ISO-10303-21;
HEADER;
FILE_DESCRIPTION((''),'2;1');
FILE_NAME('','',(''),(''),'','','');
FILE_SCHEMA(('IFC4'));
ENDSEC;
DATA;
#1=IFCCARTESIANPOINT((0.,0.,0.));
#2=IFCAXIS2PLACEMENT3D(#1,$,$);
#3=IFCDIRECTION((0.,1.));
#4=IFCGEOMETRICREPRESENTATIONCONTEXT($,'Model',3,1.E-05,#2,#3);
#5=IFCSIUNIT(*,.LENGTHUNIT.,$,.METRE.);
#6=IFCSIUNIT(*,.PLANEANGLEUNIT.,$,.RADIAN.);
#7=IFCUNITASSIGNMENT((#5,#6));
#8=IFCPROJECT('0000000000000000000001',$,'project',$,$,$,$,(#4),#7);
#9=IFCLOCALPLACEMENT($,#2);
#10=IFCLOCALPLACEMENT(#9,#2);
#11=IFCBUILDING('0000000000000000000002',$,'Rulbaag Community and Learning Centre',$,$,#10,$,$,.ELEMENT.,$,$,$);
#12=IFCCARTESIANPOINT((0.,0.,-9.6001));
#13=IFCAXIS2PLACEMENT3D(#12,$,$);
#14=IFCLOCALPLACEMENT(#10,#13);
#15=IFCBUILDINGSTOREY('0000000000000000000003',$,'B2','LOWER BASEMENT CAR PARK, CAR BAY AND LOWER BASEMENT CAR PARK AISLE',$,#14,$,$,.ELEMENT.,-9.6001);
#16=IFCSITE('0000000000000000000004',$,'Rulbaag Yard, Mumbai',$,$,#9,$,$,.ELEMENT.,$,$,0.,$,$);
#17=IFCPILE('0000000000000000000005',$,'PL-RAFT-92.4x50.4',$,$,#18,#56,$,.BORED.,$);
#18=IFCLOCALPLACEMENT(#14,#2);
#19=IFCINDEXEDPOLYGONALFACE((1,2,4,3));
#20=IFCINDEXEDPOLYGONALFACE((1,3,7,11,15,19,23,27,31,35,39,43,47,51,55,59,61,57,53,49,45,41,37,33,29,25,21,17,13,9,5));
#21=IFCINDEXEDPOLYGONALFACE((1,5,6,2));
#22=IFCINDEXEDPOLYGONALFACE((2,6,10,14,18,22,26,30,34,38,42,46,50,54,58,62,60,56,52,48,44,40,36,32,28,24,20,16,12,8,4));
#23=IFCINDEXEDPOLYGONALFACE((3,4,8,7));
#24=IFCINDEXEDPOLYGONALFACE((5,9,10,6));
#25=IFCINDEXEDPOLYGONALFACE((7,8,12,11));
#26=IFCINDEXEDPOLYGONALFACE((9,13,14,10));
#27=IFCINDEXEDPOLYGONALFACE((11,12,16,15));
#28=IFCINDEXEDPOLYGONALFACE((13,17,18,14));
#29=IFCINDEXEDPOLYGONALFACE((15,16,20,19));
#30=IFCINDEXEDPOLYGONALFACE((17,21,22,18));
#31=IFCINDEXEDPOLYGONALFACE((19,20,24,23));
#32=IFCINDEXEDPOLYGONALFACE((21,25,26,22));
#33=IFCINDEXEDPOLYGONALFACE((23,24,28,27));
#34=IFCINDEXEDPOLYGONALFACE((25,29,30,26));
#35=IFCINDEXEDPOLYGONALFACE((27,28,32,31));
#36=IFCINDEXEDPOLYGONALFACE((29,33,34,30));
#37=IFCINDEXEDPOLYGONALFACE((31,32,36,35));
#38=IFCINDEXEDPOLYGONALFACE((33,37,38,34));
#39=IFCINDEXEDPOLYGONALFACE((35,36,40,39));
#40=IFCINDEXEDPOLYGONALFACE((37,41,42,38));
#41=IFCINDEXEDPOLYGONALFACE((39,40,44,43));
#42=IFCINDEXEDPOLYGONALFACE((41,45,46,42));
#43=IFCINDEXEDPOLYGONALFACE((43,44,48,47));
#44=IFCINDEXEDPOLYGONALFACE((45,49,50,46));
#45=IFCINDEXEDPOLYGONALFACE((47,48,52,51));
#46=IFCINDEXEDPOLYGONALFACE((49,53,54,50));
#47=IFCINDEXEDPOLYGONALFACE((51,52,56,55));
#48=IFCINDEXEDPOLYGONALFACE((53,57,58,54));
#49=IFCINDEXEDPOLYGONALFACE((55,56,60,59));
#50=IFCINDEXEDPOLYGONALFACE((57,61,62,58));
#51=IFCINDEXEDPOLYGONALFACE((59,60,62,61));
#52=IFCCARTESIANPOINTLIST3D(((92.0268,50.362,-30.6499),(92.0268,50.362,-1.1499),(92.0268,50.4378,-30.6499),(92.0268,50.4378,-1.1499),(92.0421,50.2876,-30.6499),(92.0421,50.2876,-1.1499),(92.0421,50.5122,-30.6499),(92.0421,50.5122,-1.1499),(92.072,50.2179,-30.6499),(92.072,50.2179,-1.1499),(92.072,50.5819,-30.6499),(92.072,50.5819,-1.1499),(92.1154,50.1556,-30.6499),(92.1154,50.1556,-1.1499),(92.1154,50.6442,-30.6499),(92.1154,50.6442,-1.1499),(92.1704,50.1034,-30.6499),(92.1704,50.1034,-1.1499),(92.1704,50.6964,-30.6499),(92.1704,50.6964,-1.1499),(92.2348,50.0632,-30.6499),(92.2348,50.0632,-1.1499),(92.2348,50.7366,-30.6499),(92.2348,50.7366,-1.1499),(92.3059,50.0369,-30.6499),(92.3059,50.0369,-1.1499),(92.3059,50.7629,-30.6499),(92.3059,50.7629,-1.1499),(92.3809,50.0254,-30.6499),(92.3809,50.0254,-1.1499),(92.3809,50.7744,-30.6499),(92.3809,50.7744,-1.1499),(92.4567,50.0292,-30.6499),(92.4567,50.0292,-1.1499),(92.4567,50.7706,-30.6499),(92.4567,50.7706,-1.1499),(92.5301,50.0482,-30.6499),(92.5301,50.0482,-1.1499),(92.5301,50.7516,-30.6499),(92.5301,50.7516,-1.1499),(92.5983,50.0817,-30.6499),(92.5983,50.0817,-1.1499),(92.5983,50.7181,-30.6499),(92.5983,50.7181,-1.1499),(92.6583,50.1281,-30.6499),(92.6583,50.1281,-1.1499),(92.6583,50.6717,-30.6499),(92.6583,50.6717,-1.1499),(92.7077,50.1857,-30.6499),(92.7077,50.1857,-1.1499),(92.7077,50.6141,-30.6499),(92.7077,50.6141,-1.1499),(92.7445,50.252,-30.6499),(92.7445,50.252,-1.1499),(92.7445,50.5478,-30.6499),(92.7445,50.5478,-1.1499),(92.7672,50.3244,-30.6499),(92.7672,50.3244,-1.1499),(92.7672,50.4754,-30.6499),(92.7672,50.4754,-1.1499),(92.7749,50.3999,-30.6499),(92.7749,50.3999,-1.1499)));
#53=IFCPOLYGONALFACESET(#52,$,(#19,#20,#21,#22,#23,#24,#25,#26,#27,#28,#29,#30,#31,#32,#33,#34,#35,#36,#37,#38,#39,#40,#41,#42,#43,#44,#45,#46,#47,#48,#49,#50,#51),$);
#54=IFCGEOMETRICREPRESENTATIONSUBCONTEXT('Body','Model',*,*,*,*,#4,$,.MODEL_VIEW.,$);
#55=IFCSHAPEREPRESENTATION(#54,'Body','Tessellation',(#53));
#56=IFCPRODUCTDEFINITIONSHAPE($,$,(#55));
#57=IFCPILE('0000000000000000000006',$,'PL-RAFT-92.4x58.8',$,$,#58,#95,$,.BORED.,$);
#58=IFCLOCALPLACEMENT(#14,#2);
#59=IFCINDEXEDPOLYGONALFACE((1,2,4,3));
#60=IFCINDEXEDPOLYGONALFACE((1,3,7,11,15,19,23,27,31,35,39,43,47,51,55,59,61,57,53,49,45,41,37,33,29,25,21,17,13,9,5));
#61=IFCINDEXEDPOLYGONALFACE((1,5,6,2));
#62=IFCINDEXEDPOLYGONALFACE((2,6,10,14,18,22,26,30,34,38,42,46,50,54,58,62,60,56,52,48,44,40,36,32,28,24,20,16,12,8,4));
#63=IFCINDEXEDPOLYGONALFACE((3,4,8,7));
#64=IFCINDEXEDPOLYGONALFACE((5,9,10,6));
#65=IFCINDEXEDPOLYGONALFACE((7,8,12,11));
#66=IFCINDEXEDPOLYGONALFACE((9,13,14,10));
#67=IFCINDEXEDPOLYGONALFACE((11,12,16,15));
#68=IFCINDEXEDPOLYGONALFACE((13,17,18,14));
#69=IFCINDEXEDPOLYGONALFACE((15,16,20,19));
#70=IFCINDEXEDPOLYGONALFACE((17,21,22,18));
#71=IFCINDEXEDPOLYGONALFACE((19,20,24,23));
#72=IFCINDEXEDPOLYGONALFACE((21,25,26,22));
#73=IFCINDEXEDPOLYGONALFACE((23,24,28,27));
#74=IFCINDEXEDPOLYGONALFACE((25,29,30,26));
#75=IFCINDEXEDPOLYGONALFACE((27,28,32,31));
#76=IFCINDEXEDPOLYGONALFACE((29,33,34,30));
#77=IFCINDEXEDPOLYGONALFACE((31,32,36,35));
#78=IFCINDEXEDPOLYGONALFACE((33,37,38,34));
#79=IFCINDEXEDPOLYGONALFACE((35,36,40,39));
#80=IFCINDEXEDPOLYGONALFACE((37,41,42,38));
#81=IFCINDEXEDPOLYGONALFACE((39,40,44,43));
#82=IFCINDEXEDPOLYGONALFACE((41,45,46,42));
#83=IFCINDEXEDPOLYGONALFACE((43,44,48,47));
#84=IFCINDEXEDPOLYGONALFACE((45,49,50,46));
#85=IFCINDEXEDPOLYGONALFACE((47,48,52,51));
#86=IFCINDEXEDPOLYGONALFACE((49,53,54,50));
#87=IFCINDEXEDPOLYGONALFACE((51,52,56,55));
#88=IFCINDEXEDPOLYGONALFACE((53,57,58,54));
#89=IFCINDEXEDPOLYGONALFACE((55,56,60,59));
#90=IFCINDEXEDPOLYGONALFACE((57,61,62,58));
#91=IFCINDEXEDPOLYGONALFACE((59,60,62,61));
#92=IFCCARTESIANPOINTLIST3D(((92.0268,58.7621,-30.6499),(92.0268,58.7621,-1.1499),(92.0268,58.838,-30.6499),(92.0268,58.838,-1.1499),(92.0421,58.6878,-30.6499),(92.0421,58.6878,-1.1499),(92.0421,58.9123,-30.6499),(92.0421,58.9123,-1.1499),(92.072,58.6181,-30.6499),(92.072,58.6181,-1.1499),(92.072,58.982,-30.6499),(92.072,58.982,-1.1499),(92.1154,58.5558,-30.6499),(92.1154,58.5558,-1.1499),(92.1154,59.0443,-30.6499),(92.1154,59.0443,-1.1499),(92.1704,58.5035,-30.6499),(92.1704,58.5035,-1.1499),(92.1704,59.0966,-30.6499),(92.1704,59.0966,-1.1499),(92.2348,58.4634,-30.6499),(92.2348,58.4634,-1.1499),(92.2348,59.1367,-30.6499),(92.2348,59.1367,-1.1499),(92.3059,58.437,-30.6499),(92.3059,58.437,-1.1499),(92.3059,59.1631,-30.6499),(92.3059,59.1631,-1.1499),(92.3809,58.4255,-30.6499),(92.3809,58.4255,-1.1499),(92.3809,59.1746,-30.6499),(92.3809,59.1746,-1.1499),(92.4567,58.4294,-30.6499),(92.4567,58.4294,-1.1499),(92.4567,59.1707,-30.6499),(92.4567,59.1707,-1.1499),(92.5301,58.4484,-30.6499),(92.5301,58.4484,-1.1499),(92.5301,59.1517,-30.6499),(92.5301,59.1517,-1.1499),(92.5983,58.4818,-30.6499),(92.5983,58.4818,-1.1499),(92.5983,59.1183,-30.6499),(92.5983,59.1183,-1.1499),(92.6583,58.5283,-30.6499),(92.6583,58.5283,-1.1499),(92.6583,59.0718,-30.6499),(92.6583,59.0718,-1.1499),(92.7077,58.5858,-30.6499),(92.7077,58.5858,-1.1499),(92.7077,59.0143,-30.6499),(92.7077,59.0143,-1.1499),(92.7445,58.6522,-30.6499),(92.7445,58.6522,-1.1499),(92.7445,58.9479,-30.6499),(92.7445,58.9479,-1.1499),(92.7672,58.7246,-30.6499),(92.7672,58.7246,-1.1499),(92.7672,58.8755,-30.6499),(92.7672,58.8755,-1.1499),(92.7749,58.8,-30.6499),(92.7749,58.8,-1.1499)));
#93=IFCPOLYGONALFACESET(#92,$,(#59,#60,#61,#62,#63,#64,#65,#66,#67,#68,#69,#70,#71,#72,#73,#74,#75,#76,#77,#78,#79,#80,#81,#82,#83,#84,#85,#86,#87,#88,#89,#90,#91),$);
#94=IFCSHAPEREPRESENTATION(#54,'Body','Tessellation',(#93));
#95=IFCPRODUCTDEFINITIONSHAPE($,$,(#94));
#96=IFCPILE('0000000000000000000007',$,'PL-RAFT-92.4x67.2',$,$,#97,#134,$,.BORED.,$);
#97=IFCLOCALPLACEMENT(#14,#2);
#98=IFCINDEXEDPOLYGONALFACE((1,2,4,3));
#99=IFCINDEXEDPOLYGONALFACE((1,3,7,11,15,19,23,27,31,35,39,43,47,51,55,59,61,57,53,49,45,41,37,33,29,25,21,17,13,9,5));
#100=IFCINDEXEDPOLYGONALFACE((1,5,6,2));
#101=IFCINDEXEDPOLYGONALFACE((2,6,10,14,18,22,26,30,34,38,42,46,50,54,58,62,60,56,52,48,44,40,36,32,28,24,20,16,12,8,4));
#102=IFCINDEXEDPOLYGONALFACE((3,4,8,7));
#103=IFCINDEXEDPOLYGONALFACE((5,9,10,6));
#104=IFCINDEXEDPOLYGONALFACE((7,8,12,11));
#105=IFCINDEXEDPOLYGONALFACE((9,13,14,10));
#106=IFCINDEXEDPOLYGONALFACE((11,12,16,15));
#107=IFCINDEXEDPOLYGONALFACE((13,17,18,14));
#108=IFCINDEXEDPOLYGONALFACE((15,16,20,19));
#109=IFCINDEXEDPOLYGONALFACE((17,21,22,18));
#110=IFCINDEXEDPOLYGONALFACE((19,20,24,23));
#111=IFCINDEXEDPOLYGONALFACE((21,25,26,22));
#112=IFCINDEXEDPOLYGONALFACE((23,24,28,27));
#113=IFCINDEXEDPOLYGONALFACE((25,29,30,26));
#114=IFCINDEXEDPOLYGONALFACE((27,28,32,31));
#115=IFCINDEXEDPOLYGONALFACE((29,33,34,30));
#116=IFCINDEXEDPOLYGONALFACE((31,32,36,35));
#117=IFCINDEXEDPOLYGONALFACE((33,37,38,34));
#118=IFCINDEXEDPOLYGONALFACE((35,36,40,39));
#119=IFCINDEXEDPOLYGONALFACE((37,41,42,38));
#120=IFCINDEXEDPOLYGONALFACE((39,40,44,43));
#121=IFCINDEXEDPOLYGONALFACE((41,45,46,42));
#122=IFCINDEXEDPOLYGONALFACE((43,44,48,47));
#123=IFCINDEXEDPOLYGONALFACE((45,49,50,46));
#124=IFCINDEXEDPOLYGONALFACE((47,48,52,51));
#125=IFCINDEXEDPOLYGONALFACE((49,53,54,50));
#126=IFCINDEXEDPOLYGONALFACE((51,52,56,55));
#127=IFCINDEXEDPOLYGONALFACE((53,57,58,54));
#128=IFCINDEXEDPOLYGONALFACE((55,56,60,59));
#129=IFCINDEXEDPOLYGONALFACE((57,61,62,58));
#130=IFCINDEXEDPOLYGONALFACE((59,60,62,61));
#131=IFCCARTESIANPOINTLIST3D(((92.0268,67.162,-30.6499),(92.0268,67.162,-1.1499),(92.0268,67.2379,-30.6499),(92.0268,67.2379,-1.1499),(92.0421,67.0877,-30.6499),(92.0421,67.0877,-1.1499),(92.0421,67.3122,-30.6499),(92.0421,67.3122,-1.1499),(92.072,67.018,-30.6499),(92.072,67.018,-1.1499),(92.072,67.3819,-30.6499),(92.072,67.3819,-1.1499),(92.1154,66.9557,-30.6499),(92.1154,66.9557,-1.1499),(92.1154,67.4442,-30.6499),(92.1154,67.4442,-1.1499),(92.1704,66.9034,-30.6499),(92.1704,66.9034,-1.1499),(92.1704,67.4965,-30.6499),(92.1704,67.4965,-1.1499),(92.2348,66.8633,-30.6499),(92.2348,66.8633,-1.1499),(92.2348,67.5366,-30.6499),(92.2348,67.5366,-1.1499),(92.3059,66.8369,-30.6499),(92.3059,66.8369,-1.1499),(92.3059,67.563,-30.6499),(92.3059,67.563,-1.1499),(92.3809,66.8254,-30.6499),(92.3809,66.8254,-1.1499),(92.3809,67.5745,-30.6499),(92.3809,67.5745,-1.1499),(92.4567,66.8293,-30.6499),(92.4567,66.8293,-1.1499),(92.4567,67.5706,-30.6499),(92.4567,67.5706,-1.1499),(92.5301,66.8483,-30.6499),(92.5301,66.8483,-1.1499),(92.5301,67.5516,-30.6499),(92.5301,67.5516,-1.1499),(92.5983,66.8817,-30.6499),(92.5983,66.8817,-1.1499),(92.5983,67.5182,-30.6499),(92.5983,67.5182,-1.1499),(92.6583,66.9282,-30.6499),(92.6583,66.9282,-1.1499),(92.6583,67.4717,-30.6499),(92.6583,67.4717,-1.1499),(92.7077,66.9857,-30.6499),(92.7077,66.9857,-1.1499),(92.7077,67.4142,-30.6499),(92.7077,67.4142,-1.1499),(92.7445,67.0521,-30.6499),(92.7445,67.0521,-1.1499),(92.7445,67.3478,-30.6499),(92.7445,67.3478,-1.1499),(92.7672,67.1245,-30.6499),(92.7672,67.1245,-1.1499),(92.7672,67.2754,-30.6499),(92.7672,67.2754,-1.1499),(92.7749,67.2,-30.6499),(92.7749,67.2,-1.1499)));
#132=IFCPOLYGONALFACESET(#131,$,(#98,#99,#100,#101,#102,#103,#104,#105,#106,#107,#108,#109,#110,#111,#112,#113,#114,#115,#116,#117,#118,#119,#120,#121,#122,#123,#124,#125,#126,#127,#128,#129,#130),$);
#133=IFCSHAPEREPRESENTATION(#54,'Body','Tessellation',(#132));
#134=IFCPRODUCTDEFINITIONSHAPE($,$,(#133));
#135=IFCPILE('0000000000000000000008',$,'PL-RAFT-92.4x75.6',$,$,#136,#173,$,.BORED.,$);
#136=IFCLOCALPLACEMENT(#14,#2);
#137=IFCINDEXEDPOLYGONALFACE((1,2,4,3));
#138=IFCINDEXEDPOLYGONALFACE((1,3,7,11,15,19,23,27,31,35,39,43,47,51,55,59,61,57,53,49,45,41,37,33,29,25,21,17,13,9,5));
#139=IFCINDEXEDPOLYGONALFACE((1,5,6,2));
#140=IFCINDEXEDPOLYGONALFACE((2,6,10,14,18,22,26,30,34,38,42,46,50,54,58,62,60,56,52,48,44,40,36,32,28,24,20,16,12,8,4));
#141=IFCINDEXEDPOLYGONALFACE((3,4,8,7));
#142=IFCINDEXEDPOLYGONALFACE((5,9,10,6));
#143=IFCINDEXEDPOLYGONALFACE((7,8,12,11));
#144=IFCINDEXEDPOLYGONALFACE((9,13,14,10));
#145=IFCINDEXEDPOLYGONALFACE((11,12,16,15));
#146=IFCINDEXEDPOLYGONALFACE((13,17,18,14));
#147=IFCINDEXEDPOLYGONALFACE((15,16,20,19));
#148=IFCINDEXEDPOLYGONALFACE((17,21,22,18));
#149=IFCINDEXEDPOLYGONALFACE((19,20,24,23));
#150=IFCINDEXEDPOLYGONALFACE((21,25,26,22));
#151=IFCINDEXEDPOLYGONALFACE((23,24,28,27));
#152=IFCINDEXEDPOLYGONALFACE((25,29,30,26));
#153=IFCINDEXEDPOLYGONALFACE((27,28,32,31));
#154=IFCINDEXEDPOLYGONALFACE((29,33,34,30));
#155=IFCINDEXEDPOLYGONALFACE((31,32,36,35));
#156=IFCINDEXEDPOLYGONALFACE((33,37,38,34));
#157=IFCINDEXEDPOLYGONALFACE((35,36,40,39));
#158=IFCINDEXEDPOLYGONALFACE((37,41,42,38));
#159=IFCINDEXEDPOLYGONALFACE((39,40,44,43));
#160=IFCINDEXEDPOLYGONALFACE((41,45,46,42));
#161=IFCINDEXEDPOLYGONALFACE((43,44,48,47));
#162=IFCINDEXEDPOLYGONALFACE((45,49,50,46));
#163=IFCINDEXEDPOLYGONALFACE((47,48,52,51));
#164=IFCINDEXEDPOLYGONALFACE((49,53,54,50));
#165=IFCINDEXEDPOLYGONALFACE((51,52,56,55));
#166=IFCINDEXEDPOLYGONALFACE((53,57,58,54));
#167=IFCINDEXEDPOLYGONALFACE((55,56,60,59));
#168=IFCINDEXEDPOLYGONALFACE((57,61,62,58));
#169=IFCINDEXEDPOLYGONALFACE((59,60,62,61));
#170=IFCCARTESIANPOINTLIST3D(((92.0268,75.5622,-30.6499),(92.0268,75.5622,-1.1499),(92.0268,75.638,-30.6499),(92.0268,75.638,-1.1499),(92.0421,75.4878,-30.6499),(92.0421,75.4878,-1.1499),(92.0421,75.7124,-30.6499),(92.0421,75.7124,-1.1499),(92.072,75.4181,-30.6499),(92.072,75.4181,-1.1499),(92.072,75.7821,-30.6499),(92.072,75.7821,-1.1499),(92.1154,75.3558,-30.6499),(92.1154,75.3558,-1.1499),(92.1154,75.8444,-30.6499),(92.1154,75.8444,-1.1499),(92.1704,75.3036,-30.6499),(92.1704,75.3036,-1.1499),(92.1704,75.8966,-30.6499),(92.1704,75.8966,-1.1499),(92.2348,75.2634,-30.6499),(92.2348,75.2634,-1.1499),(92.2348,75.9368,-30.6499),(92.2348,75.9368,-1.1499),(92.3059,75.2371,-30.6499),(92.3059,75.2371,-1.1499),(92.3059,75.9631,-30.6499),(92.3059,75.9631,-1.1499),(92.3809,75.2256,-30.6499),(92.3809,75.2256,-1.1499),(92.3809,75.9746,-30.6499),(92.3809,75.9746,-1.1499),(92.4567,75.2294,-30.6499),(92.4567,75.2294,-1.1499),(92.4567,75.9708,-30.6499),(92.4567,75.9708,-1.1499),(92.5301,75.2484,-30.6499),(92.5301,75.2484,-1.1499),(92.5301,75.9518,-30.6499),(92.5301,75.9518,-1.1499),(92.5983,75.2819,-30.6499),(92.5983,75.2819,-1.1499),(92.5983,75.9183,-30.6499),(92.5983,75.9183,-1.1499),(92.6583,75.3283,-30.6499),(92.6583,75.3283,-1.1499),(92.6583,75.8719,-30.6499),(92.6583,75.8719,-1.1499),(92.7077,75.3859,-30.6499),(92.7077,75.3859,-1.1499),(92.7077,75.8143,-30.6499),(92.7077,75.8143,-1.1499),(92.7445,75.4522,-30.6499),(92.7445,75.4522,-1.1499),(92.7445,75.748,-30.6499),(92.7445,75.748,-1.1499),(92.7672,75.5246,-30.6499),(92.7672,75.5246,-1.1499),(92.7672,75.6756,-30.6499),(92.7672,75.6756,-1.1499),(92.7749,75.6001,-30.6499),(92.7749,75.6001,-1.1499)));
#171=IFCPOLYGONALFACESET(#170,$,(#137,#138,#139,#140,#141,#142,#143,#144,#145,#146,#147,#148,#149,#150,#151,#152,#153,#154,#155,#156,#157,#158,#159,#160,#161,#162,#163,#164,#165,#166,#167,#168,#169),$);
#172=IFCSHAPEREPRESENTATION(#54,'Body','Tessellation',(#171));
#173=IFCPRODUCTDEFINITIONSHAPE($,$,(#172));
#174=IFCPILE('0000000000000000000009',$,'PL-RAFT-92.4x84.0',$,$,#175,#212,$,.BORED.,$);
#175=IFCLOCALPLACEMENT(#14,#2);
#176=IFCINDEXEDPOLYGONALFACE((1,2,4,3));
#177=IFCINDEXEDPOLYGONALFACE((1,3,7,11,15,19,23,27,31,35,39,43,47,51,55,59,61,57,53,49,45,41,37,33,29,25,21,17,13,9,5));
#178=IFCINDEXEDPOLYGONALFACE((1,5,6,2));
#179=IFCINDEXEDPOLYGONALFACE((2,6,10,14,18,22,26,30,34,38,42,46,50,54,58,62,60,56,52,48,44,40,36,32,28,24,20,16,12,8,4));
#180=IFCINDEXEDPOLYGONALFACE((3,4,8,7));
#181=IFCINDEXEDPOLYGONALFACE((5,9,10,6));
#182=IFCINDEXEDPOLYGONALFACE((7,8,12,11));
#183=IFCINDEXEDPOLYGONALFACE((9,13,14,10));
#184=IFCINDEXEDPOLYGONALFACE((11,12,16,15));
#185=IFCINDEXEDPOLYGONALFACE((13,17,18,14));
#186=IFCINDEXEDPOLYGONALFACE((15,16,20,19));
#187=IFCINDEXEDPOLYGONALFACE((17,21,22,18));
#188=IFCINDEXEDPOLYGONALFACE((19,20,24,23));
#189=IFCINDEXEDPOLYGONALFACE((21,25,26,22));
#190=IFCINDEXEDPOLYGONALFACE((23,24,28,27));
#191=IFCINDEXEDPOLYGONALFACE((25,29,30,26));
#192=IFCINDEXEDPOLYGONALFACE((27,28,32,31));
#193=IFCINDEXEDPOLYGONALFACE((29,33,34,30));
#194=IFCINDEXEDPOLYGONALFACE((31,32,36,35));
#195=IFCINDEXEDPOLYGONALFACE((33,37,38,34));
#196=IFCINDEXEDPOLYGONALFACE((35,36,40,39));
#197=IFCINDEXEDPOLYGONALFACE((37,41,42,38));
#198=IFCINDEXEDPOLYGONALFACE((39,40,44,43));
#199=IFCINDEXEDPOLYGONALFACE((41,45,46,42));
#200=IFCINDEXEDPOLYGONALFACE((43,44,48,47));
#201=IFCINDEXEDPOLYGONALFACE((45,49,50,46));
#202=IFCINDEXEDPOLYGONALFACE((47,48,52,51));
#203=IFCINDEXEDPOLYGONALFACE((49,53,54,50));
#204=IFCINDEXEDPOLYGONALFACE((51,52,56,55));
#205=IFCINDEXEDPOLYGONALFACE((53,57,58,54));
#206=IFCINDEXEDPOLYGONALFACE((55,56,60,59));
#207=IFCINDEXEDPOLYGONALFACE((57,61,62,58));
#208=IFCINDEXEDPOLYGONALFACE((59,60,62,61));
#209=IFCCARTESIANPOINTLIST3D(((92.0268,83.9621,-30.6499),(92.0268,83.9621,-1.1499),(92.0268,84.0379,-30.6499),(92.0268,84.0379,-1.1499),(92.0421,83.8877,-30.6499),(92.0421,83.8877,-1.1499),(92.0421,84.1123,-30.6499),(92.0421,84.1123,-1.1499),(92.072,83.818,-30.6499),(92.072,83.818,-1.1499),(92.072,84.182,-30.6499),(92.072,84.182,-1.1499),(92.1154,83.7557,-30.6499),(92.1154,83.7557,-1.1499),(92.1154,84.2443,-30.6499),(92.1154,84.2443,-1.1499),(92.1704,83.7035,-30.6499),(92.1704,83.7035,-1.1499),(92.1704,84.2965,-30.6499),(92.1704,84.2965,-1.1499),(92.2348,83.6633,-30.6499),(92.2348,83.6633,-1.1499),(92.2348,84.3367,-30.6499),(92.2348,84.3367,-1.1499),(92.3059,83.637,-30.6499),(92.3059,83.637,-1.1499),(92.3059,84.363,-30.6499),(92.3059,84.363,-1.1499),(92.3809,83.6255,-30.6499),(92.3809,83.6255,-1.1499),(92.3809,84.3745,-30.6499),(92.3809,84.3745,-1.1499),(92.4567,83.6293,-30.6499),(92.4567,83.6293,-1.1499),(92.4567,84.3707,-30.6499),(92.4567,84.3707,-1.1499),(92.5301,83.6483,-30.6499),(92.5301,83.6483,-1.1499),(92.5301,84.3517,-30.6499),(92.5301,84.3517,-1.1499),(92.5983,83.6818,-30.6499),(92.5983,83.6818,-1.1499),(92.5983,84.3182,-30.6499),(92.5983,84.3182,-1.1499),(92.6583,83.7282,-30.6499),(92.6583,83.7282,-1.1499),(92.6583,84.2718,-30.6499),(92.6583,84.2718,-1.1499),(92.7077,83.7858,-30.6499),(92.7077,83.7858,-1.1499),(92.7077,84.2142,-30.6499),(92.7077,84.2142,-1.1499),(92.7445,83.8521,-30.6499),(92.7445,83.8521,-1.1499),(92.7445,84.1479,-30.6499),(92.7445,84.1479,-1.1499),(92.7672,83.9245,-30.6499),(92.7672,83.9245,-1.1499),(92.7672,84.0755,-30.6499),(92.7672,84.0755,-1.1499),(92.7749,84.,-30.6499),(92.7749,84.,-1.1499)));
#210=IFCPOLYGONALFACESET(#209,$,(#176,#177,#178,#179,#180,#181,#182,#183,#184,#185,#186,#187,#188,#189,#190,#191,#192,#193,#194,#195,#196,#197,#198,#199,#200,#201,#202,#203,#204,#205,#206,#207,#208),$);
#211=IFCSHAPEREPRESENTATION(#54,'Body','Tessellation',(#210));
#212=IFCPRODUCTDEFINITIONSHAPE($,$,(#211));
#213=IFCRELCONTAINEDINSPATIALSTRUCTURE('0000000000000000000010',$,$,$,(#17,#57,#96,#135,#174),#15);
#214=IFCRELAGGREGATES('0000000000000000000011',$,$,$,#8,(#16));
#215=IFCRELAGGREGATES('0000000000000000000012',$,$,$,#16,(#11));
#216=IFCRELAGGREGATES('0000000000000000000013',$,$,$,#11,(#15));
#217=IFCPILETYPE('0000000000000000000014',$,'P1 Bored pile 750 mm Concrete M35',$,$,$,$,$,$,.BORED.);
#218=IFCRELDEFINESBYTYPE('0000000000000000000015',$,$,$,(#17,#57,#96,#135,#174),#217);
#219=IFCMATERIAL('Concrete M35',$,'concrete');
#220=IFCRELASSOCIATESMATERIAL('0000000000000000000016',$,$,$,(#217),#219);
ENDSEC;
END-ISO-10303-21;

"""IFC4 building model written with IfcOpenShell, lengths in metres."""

from ifc_helpers import new_model, si_unit, direction, frame, origin, origin_2d, place, context, subcontext, project, spatial, circle, extrude, material, material_profile, profile_set, type_object, element, save


model = new_model("IFC4")

# Units and contexts
model_context = context("Model", 3, precision=1e-05, world=origin(), true_north=direction((0.0, 1.0)))
body_context = subcontext(model_context, "Body", "Model", "MODEL_VIEW")
ifc_project = project(units=[si_unit("LENGTHUNIT", "METRE"), si_unit("PLANEANGLEUNIT", "RADIAN")], contexts=[model_context])

# Site, building, storey
site_placement = place(None, origin())
site = spatial("IfcSite", under=ifc_project, at=site_placement, Name="Rulbaag Yard, Mumbai", CompositionType="ELEMENT", RefElevation=0.0)
building_placement = place(site_placement, origin())
building = spatial("IfcBuilding", under=site, at=building_placement, Name="Rulbaag Community and Learning Centre", CompositionType="ELEMENT")
storey_placement = place(building_placement, frame((0.0, 0.0, -9.6001)))
storey = spatial("IfcBuildingStorey", under=building, at=storey_placement, Name="B2", Description="LOWER BASEMENT CAR PARK, CAR BAY AND LOWER BASEMENT CAR PARK AISLE", CompositionType="ELEMENT", Elevation=-9.6001)

# Piles
ifc_material_1 = material(Name="Concrete M35", Category="concrete")
ifc_material_profile_1 = material_profile(ifc_material_1, circle(Radius=0.375, at=origin_2d()), Name="BP750")
ifc_profile_set_1 = profile_set([ifc_material_profile_1], Name="Concrete M35")
pile_type_1 = type_object("IfcPileType", Name="P1 Bored pile 750 mm Concrete M35", PredefinedType="BORED", material=ifc_profile_set_1)
for number, where, z_axis, x_axis, name in (
    (1, (92.3999, 50.3999, -1.1499), (0.0, 0.0, -1.0), (1.0, 0.0, 0.0), "PL-RAFT-92.4x50.4"),
    (2, (92.3999, 58.8, -1.1499), (0.0, 0.0, -1.0), (1.0, 0.0, 0.0), "PL-RAFT-92.4x58.8"),
    (3, (92.3999, 67.2, -1.1499), (0.0, 0.0, -1.0), (1.0, 0.0, 0.0), "PL-RAFT-92.4x67.2"),
    (4, (92.3999, 75.6001, -1.1499), (0.0, 0.0, -1.0), (1.0, 0.0, 0.0), "PL-RAFT-92.4x75.6"),
    (5, (92.3999, 84.0, -1.1499), (0.0, 0.0, -1.0), (1.0, 0.0, 0.0), "PL-RAFT-92.4x84.0"),
):
    element("IfcPile", number, at=place(storey_placement, frame(where, z_axis=z_axis, x_axis=x_axis)), inside=storey, type_object=pile_type_1, Name=name, PredefinedType="BORED", context=body_context, shape_type="SweptSolid", body=[
        extrude(circle(Radius=0.375, at=origin_2d()), origin(), (0.0, 0.0, 1.0), 29.5),
    ])

save(model, "model.ifc")
